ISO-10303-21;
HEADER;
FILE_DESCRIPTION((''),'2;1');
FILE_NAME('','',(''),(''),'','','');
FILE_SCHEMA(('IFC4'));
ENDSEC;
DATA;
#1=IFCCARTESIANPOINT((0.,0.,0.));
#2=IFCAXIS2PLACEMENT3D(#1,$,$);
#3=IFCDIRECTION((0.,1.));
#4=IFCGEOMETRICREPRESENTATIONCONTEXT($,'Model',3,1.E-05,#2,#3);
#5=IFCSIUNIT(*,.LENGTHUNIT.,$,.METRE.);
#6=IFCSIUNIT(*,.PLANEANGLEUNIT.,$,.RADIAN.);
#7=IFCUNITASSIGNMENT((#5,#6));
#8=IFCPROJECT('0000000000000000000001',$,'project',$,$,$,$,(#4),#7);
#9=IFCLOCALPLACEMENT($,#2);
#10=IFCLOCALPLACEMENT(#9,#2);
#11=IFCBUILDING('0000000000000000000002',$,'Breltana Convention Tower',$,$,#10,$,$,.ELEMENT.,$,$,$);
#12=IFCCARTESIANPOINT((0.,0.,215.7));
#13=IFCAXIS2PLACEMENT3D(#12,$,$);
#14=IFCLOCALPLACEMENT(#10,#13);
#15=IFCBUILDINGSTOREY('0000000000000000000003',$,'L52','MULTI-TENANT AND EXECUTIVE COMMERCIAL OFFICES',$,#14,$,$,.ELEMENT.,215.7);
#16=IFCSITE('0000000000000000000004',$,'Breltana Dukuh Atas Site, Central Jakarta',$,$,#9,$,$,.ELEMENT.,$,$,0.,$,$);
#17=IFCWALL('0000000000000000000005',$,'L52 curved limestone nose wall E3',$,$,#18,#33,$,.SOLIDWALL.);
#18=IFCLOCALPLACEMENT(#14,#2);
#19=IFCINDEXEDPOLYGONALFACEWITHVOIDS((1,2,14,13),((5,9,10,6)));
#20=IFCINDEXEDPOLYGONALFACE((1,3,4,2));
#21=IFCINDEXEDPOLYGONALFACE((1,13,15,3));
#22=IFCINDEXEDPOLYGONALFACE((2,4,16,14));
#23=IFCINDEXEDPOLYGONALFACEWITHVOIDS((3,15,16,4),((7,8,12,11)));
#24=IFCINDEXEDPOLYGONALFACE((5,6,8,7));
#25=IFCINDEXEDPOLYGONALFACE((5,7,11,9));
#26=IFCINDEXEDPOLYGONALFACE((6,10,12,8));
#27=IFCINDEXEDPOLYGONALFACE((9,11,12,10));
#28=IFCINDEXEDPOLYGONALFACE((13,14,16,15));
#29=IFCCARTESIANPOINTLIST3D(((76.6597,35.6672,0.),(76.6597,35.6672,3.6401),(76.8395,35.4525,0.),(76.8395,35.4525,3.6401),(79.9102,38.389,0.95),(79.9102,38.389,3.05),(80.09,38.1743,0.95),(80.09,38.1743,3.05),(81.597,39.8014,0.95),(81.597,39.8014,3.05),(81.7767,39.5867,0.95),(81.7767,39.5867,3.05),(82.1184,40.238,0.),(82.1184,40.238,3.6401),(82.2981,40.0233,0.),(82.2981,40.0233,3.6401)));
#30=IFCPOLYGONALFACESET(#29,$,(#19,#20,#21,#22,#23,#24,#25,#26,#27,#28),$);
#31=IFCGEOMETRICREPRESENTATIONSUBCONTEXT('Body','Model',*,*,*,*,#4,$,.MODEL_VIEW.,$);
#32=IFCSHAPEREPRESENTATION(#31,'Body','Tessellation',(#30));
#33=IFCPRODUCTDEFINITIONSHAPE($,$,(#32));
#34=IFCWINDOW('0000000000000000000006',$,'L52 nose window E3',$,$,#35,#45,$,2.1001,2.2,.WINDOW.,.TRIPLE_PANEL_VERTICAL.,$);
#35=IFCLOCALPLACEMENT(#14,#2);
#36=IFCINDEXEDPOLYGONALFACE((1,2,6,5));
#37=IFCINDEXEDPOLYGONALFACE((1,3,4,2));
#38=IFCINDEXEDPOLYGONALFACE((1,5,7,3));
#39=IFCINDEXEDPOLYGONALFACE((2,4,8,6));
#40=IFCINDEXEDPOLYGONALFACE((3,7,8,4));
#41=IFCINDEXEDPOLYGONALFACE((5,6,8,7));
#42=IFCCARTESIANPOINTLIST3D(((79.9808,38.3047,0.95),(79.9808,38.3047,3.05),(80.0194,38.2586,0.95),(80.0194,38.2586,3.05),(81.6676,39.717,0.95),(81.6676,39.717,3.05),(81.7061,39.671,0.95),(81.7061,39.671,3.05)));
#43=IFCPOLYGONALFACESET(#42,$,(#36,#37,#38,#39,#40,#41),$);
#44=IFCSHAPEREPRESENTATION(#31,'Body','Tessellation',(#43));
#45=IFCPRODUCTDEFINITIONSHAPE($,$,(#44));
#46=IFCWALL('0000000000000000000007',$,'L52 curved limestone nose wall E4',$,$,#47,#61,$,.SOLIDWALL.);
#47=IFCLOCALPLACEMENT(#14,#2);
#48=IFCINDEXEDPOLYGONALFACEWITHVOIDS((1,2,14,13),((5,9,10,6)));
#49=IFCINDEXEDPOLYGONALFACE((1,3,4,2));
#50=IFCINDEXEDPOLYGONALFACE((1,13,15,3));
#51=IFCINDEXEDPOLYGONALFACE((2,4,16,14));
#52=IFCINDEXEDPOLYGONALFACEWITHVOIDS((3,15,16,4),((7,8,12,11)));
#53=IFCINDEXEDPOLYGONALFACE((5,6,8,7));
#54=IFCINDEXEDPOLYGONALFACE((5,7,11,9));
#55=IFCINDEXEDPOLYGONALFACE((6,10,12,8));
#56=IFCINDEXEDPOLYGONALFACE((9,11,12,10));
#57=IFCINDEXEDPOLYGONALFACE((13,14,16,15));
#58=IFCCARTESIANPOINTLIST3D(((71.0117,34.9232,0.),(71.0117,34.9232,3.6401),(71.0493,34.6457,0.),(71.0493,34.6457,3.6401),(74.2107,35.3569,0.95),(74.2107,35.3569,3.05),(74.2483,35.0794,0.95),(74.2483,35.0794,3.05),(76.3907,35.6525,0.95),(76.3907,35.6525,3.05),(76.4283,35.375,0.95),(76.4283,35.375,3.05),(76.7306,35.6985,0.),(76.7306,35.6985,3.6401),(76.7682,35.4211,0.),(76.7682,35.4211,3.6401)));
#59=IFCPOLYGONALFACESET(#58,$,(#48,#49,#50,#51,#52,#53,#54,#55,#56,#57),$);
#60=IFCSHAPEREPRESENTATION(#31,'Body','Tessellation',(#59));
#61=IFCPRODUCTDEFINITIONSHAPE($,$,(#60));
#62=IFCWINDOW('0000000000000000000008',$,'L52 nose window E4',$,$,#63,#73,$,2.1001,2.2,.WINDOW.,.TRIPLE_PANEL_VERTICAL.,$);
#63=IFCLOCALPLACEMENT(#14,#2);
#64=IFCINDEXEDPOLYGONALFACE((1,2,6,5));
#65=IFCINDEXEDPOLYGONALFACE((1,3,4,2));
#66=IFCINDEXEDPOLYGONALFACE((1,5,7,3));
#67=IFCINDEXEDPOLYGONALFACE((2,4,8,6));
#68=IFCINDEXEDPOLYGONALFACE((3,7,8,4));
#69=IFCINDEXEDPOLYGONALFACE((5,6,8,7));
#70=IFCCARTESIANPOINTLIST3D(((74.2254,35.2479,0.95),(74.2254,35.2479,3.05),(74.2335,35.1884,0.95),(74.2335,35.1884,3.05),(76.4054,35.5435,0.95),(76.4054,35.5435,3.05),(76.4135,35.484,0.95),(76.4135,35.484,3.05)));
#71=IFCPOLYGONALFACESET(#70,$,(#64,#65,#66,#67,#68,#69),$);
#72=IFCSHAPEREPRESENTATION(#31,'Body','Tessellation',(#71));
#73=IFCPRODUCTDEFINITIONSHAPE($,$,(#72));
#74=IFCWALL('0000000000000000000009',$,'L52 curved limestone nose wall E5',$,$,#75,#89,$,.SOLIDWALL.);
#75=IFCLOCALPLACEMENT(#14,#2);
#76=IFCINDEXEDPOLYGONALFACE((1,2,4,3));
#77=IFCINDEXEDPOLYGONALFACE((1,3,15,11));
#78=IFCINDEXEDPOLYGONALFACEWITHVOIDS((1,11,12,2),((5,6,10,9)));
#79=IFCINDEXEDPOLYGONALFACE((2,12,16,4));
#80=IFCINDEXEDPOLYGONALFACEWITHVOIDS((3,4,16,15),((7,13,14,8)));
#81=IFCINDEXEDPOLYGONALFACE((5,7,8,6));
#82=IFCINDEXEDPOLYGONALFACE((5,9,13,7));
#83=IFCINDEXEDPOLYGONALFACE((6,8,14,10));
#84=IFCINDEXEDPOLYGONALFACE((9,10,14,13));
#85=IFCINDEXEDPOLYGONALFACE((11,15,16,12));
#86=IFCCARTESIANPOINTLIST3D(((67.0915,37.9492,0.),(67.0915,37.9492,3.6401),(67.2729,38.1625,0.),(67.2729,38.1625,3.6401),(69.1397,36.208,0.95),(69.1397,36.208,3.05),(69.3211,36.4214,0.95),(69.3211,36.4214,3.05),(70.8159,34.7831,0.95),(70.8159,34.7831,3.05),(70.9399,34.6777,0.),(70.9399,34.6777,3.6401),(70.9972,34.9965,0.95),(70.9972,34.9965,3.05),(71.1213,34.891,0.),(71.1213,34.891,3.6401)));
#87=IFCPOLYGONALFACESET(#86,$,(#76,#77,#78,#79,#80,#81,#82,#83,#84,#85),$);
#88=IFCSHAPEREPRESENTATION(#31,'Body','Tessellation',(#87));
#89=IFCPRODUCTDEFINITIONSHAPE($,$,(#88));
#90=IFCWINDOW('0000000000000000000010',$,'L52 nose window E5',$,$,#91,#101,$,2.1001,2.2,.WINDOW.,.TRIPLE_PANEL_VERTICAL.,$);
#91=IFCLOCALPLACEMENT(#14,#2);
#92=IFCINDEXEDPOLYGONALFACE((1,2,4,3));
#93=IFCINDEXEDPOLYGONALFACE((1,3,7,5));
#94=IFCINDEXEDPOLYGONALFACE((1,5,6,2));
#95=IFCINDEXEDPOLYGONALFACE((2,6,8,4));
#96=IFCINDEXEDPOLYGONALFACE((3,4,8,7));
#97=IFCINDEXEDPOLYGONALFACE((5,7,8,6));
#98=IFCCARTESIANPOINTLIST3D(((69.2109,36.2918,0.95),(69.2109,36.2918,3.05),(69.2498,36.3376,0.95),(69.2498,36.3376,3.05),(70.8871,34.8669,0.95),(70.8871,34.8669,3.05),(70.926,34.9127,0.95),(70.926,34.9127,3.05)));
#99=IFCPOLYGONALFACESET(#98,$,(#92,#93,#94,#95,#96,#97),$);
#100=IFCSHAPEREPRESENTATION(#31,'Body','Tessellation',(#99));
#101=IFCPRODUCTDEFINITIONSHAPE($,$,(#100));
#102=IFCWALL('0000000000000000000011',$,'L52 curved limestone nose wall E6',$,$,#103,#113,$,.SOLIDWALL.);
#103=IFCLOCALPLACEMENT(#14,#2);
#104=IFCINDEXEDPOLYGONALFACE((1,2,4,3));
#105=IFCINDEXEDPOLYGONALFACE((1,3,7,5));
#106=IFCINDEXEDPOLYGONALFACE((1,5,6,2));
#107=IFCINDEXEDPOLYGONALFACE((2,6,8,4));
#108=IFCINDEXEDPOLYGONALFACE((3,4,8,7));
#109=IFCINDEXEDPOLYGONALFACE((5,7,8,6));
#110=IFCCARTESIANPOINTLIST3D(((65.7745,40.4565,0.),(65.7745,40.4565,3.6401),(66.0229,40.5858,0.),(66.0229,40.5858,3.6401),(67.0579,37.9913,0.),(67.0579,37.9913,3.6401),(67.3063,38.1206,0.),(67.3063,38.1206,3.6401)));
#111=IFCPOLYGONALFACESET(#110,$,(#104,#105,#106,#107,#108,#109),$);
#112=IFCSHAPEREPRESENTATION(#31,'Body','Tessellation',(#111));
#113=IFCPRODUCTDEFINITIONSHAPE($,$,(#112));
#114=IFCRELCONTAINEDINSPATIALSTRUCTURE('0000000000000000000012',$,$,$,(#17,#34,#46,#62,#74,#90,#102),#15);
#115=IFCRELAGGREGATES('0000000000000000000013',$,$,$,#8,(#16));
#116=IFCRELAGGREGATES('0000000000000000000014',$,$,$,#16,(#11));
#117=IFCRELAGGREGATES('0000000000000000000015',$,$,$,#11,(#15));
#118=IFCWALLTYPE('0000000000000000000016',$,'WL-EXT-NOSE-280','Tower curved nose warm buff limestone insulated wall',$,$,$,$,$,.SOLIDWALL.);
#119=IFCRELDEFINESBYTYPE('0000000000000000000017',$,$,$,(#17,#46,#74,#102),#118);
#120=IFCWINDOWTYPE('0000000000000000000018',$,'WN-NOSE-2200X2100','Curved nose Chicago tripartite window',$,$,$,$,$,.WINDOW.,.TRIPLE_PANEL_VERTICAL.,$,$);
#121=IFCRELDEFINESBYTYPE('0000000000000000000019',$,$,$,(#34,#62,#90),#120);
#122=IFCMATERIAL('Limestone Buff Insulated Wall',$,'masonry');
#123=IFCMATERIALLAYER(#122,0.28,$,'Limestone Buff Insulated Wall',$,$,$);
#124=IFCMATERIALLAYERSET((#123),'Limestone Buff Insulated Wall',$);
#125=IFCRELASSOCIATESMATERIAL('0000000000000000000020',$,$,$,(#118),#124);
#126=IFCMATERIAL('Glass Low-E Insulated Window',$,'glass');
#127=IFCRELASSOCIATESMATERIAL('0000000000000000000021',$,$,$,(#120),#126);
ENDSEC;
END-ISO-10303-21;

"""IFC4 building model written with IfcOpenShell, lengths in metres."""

from ifc_helpers import new_model, si_unit, direction, frame, frame_2d, origin, place, context, subcontext, project, spatial, rectangle, extrude, source, transform, mapped, material, layer, layer_set, type_object, type_shapes, element, fill, save


model = new_model("IFC4")

# Units and contexts
model_context = context("Model", 3, precision=1e-05, world=origin(), true_north=direction((0.0, 1.0)))
body_context = subcontext(model_context, "Body", "Model", "MODEL_VIEW")
ifc_project = project(units=[si_unit("LENGTHUNIT", "METRE"), si_unit("PLANEANGLEUNIT", "RADIAN")], contexts=[model_context])

# Site, building, storey
site_placement = place(None, origin())
site = spatial("IfcSite", under=ifc_project, at=site_placement, Name="Breltana Dukuh Atas Site, Central Jakarta", CompositionType="ELEMENT", RefElevation=0.0)
building_placement = place(site_placement, origin())
building = spatial("IfcBuilding", under=site, at=building_placement, Name="Breltana Convention Tower", CompositionType="ELEMENT")
storey_placement = place(building_placement, frame((0.0, 0.0, 215.7)))
storey = spatial("IfcBuildingStorey", under=building, at=storey_placement, Name="L52", Description="MULTI-TENANT AND EXECUTIVE COMMERCIAL OFFICES", CompositionType="ELEMENT", Elevation=215.7)

# Walls, openings, windows
ifc_material_1 = material(Name="Limestone Buff Insulated Wall", Category="masonry")
ifc_layer_1 = layer(ifc_material_1, 0.28, Name="Limestone Buff Insulated Wall")
ifc_layer_set_1 = layer_set([ifc_layer_1], Name="Limestone Buff Insulated Wall")
wall_type = type_object("IfcWallType", Name="WL-EXT-NOSE-280", Description="Tower curved nose warm buff limestone insulated wall", PredefinedType="SOLIDWALL", material=ifc_layer_set_1)
shared_shape_1 = source(origin(), body_context, "Body", "SweptSolid", [
    extrude(rectangle(XDim=7.1196, YDim=0.28, at=frame_2d((3.5598, 0.0))), origin(), (0.0, 0.0, 1.0), 3.6401),
])
wall_1_placement = place(storey_placement, frame((82.2083, 40.1306, 0.0), z_axis=(0.0, 0.0, 1.0), x_axis=(-0.76671, -0.641994, 0.0)))
wall_1 = element("IfcWall", 1, at=wall_1_placement, inside=storey, type_object=wall_type, Name="L52 curved limestone nose wall E3", PredefinedType="SOLIDWALL", context=body_context, shape_type="MappedRepresentation", body=[
    mapped(shared_shape_1, transform((0.0, 0.0, 0.0), scale=1.0)),
])
opening_1_placement = place(wall_1_placement, frame((0.6799, 0.0, 0.95)))
opening_1 = element("IfcOpeningElement", 2, at=opening_1_placement, cuts=wall_1, PredefinedType="OPENING", context=body_context, shape_type="SweptSolid", body=[
    extrude(rectangle(XDim=2.2, YDim=2.1001, at=frame_2d((1.1001, 1.05))), frame((0.0, 0.1499, 0.0), z_axis=(0.0, -1.0, 0.0), x_axis=(1.0, 0.0, 0.0)), (0.0, 0.0, 1.0), 0.3),
])
ifc_material_2 = material(Name="Glass Low-E Insulated Window", Category="glass")
window_type = type_object("IfcWindowType", Name="WN-NOSE-2200X2100", Description="Curved nose Chicago tripartite window", PartitioningType="TRIPLE_PANEL_VERTICAL", PredefinedType="WINDOW", material=ifc_material_2)
shared_shape_2 = source(origin(), body_context, "Body", "SweptSolid", [
    extrude(rectangle(XDim=2.2, YDim=2.1001, at=frame_2d((1.1001, 1.05))), frame((0.0, 0.03, 0.0), z_axis=(0.0, -1.0, 0.0), x_axis=(1.0, 0.0, 0.0)), (0.0, 0.0, 1.0), 0.0601),
])
type_shapes(window_type, [shared_shape_2])
window_1_placement = place(opening_1_placement, origin())
window_1 = element("IfcWindow", 3, at=window_1_placement, inside=storey, type_object=window_type, Name="L52 nose window E3", OverallHeight=2.1001, OverallWidth=2.2, PartitioningType="TRIPLE_PANEL_VERTICAL", PredefinedType="WINDOW", context=body_context, shape_type="MappedRepresentation", body=[
    mapped(shared_shape_2, transform((0.0, 0.0, 0.0), scale=1.0)),
])
fill(opening_1, window_1)
shared_shape_3 = source(origin(), body_context, "Body", "SweptSolid", [
    extrude(rectangle(XDim=5.7712, YDim=0.28, at=frame_2d((2.8857, 0.0))), origin(), (0.0, 0.0, 1.0), 3.6401),
])
wall_2_placement = place(storey_placement, frame((76.7495, 35.5598, 0.0), z_axis=(0.0, 0.0, 1.0), x_axis=(-0.990934, -0.134352, 0.0)))
wall_2 = element("IfcWall", 4, at=wall_2_placement, inside=storey, type_object=wall_type, Name="L52 curved limestone nose wall E4", PredefinedType="SOLIDWALL", context=body_context, shape_type="MappedRepresentation", body=[
    mapped(shared_shape_3, transform((0.0, 0.0, 0.0), scale=1.0)),
])
opening_2_placement = place(wall_2_placement, frame((0.343, 0.0, 0.95)))
opening_2 = element("IfcOpeningElement", 5, at=opening_2_placement, cuts=wall_2, PredefinedType="OPENING", context=body_context, shape_type="SweptSolid", body=[
    extrude(rectangle(XDim=2.2, YDim=2.1001, at=frame_2d((1.1001, 1.05))), frame((0.0, 0.1499, 0.0), z_axis=(0.0, -1.0, 0.0), x_axis=(1.0, 0.0, 0.0)), (0.0, 0.0, 1.0), 0.3),
])
window_2_placement = place(opening_2_placement, origin())
window_2 = element("IfcWindow", 6, at=window_2_placement, inside=storey, type_object=window_type, Name="L52 nose window E4", OverallHeight=2.1001, OverallWidth=2.2, PartitioningType="TRIPLE_PANEL_VERTICAL", PredefinedType="WINDOW", context=body_context, shape_type="MappedRepresentation", body=[
    mapped(shared_shape_2, transform((0.0, 0.0, 0.0), scale=1.0)),
])
fill(opening_2, window_2)
shared_shape_4 = source(origin(), body_context, "Body", "SweptSolid", [
    extrude(rectangle(XDim=5.051, YDim=0.28, at=frame_2d((2.5254, 0.0))), origin(), (0.0, 0.0, 1.0), 3.6401),
])
wall_3_placement = place(storey_placement, frame((71.0305, 34.7844, 0.0), z_axis=(0.0, 0.0, 1.0), x_axis=(-0.761905, 0.647689, 0.0)))
wall_3 = element("IfcWall", 7, at=wall_3_placement, inside=storey, type_object=wall_type, Name="L52 curved limestone nose wall E5", PredefinedType="SOLIDWALL", context=body_context, shape_type="MappedRepresentation", body=[
    mapped(shared_shape_4, transform((0.0, 0.0, 0.0), scale=1.0)),
])
opening_3_placement = place(wall_3_placement, frame((0.1626, 0.0, 0.95)))
opening_3 = element("IfcOpeningElement", 8, at=opening_3_placement, cuts=wall_3, PredefinedType="OPENING", context=body_context, shape_type="SweptSolid", body=[
    extrude(rectangle(XDim=2.2, YDim=2.1001, at=frame_2d((1.1001, 1.05))), frame((0.0, 0.1499, 0.0), z_axis=(0.0, -1.0, 0.0), x_axis=(1.0, 0.0, 0.0)), (0.0, 0.0, 1.0), 0.3),
])
window_3_placement = place(opening_3_placement, origin())
window_3 = element("IfcWindow", 9, at=window_3_placement, inside=storey, type_object=window_type, Name="L52 nose window E5", OverallHeight=2.1001, OverallWidth=2.2, PartitioningType="TRIPLE_PANEL_VERTICAL", PredefinedType="WINDOW", context=body_context, shape_type="MappedRepresentation", body=[
    mapped(shared_shape_2, transform((0.0, 0.0, 0.0), scale=1.0)),
])
fill(opening_3, window_3)

# Wall
shared_shape_5 = source(origin(), body_context, "Body", "SweptSolid", [
    extrude(rectangle(XDim=2.7793, YDim=0.28, at=frame_2d((1.3896, 0.0))), origin(), (0.0, 0.0, 1.0), 3.6401),
])
wall_4_placement = place(storey_placement, frame((67.1821, 38.0559, 0.0), z_axis=(0.0, 0.0, 1.0), x_axis=(-0.46177, 0.887, 0.0)))
element("IfcWall", 10, at=wall_4_placement, inside=storey, type_object=wall_type, Name="L52 curved limestone nose wall E6", PredefinedType="SOLIDWALL", context=body_context, shape_type="MappedRepresentation", body=[
    mapped(shared_shape_5, transform((0.0, 0.0, 0.0), scale=1.0)),
])

save(model, "model.ifc")
